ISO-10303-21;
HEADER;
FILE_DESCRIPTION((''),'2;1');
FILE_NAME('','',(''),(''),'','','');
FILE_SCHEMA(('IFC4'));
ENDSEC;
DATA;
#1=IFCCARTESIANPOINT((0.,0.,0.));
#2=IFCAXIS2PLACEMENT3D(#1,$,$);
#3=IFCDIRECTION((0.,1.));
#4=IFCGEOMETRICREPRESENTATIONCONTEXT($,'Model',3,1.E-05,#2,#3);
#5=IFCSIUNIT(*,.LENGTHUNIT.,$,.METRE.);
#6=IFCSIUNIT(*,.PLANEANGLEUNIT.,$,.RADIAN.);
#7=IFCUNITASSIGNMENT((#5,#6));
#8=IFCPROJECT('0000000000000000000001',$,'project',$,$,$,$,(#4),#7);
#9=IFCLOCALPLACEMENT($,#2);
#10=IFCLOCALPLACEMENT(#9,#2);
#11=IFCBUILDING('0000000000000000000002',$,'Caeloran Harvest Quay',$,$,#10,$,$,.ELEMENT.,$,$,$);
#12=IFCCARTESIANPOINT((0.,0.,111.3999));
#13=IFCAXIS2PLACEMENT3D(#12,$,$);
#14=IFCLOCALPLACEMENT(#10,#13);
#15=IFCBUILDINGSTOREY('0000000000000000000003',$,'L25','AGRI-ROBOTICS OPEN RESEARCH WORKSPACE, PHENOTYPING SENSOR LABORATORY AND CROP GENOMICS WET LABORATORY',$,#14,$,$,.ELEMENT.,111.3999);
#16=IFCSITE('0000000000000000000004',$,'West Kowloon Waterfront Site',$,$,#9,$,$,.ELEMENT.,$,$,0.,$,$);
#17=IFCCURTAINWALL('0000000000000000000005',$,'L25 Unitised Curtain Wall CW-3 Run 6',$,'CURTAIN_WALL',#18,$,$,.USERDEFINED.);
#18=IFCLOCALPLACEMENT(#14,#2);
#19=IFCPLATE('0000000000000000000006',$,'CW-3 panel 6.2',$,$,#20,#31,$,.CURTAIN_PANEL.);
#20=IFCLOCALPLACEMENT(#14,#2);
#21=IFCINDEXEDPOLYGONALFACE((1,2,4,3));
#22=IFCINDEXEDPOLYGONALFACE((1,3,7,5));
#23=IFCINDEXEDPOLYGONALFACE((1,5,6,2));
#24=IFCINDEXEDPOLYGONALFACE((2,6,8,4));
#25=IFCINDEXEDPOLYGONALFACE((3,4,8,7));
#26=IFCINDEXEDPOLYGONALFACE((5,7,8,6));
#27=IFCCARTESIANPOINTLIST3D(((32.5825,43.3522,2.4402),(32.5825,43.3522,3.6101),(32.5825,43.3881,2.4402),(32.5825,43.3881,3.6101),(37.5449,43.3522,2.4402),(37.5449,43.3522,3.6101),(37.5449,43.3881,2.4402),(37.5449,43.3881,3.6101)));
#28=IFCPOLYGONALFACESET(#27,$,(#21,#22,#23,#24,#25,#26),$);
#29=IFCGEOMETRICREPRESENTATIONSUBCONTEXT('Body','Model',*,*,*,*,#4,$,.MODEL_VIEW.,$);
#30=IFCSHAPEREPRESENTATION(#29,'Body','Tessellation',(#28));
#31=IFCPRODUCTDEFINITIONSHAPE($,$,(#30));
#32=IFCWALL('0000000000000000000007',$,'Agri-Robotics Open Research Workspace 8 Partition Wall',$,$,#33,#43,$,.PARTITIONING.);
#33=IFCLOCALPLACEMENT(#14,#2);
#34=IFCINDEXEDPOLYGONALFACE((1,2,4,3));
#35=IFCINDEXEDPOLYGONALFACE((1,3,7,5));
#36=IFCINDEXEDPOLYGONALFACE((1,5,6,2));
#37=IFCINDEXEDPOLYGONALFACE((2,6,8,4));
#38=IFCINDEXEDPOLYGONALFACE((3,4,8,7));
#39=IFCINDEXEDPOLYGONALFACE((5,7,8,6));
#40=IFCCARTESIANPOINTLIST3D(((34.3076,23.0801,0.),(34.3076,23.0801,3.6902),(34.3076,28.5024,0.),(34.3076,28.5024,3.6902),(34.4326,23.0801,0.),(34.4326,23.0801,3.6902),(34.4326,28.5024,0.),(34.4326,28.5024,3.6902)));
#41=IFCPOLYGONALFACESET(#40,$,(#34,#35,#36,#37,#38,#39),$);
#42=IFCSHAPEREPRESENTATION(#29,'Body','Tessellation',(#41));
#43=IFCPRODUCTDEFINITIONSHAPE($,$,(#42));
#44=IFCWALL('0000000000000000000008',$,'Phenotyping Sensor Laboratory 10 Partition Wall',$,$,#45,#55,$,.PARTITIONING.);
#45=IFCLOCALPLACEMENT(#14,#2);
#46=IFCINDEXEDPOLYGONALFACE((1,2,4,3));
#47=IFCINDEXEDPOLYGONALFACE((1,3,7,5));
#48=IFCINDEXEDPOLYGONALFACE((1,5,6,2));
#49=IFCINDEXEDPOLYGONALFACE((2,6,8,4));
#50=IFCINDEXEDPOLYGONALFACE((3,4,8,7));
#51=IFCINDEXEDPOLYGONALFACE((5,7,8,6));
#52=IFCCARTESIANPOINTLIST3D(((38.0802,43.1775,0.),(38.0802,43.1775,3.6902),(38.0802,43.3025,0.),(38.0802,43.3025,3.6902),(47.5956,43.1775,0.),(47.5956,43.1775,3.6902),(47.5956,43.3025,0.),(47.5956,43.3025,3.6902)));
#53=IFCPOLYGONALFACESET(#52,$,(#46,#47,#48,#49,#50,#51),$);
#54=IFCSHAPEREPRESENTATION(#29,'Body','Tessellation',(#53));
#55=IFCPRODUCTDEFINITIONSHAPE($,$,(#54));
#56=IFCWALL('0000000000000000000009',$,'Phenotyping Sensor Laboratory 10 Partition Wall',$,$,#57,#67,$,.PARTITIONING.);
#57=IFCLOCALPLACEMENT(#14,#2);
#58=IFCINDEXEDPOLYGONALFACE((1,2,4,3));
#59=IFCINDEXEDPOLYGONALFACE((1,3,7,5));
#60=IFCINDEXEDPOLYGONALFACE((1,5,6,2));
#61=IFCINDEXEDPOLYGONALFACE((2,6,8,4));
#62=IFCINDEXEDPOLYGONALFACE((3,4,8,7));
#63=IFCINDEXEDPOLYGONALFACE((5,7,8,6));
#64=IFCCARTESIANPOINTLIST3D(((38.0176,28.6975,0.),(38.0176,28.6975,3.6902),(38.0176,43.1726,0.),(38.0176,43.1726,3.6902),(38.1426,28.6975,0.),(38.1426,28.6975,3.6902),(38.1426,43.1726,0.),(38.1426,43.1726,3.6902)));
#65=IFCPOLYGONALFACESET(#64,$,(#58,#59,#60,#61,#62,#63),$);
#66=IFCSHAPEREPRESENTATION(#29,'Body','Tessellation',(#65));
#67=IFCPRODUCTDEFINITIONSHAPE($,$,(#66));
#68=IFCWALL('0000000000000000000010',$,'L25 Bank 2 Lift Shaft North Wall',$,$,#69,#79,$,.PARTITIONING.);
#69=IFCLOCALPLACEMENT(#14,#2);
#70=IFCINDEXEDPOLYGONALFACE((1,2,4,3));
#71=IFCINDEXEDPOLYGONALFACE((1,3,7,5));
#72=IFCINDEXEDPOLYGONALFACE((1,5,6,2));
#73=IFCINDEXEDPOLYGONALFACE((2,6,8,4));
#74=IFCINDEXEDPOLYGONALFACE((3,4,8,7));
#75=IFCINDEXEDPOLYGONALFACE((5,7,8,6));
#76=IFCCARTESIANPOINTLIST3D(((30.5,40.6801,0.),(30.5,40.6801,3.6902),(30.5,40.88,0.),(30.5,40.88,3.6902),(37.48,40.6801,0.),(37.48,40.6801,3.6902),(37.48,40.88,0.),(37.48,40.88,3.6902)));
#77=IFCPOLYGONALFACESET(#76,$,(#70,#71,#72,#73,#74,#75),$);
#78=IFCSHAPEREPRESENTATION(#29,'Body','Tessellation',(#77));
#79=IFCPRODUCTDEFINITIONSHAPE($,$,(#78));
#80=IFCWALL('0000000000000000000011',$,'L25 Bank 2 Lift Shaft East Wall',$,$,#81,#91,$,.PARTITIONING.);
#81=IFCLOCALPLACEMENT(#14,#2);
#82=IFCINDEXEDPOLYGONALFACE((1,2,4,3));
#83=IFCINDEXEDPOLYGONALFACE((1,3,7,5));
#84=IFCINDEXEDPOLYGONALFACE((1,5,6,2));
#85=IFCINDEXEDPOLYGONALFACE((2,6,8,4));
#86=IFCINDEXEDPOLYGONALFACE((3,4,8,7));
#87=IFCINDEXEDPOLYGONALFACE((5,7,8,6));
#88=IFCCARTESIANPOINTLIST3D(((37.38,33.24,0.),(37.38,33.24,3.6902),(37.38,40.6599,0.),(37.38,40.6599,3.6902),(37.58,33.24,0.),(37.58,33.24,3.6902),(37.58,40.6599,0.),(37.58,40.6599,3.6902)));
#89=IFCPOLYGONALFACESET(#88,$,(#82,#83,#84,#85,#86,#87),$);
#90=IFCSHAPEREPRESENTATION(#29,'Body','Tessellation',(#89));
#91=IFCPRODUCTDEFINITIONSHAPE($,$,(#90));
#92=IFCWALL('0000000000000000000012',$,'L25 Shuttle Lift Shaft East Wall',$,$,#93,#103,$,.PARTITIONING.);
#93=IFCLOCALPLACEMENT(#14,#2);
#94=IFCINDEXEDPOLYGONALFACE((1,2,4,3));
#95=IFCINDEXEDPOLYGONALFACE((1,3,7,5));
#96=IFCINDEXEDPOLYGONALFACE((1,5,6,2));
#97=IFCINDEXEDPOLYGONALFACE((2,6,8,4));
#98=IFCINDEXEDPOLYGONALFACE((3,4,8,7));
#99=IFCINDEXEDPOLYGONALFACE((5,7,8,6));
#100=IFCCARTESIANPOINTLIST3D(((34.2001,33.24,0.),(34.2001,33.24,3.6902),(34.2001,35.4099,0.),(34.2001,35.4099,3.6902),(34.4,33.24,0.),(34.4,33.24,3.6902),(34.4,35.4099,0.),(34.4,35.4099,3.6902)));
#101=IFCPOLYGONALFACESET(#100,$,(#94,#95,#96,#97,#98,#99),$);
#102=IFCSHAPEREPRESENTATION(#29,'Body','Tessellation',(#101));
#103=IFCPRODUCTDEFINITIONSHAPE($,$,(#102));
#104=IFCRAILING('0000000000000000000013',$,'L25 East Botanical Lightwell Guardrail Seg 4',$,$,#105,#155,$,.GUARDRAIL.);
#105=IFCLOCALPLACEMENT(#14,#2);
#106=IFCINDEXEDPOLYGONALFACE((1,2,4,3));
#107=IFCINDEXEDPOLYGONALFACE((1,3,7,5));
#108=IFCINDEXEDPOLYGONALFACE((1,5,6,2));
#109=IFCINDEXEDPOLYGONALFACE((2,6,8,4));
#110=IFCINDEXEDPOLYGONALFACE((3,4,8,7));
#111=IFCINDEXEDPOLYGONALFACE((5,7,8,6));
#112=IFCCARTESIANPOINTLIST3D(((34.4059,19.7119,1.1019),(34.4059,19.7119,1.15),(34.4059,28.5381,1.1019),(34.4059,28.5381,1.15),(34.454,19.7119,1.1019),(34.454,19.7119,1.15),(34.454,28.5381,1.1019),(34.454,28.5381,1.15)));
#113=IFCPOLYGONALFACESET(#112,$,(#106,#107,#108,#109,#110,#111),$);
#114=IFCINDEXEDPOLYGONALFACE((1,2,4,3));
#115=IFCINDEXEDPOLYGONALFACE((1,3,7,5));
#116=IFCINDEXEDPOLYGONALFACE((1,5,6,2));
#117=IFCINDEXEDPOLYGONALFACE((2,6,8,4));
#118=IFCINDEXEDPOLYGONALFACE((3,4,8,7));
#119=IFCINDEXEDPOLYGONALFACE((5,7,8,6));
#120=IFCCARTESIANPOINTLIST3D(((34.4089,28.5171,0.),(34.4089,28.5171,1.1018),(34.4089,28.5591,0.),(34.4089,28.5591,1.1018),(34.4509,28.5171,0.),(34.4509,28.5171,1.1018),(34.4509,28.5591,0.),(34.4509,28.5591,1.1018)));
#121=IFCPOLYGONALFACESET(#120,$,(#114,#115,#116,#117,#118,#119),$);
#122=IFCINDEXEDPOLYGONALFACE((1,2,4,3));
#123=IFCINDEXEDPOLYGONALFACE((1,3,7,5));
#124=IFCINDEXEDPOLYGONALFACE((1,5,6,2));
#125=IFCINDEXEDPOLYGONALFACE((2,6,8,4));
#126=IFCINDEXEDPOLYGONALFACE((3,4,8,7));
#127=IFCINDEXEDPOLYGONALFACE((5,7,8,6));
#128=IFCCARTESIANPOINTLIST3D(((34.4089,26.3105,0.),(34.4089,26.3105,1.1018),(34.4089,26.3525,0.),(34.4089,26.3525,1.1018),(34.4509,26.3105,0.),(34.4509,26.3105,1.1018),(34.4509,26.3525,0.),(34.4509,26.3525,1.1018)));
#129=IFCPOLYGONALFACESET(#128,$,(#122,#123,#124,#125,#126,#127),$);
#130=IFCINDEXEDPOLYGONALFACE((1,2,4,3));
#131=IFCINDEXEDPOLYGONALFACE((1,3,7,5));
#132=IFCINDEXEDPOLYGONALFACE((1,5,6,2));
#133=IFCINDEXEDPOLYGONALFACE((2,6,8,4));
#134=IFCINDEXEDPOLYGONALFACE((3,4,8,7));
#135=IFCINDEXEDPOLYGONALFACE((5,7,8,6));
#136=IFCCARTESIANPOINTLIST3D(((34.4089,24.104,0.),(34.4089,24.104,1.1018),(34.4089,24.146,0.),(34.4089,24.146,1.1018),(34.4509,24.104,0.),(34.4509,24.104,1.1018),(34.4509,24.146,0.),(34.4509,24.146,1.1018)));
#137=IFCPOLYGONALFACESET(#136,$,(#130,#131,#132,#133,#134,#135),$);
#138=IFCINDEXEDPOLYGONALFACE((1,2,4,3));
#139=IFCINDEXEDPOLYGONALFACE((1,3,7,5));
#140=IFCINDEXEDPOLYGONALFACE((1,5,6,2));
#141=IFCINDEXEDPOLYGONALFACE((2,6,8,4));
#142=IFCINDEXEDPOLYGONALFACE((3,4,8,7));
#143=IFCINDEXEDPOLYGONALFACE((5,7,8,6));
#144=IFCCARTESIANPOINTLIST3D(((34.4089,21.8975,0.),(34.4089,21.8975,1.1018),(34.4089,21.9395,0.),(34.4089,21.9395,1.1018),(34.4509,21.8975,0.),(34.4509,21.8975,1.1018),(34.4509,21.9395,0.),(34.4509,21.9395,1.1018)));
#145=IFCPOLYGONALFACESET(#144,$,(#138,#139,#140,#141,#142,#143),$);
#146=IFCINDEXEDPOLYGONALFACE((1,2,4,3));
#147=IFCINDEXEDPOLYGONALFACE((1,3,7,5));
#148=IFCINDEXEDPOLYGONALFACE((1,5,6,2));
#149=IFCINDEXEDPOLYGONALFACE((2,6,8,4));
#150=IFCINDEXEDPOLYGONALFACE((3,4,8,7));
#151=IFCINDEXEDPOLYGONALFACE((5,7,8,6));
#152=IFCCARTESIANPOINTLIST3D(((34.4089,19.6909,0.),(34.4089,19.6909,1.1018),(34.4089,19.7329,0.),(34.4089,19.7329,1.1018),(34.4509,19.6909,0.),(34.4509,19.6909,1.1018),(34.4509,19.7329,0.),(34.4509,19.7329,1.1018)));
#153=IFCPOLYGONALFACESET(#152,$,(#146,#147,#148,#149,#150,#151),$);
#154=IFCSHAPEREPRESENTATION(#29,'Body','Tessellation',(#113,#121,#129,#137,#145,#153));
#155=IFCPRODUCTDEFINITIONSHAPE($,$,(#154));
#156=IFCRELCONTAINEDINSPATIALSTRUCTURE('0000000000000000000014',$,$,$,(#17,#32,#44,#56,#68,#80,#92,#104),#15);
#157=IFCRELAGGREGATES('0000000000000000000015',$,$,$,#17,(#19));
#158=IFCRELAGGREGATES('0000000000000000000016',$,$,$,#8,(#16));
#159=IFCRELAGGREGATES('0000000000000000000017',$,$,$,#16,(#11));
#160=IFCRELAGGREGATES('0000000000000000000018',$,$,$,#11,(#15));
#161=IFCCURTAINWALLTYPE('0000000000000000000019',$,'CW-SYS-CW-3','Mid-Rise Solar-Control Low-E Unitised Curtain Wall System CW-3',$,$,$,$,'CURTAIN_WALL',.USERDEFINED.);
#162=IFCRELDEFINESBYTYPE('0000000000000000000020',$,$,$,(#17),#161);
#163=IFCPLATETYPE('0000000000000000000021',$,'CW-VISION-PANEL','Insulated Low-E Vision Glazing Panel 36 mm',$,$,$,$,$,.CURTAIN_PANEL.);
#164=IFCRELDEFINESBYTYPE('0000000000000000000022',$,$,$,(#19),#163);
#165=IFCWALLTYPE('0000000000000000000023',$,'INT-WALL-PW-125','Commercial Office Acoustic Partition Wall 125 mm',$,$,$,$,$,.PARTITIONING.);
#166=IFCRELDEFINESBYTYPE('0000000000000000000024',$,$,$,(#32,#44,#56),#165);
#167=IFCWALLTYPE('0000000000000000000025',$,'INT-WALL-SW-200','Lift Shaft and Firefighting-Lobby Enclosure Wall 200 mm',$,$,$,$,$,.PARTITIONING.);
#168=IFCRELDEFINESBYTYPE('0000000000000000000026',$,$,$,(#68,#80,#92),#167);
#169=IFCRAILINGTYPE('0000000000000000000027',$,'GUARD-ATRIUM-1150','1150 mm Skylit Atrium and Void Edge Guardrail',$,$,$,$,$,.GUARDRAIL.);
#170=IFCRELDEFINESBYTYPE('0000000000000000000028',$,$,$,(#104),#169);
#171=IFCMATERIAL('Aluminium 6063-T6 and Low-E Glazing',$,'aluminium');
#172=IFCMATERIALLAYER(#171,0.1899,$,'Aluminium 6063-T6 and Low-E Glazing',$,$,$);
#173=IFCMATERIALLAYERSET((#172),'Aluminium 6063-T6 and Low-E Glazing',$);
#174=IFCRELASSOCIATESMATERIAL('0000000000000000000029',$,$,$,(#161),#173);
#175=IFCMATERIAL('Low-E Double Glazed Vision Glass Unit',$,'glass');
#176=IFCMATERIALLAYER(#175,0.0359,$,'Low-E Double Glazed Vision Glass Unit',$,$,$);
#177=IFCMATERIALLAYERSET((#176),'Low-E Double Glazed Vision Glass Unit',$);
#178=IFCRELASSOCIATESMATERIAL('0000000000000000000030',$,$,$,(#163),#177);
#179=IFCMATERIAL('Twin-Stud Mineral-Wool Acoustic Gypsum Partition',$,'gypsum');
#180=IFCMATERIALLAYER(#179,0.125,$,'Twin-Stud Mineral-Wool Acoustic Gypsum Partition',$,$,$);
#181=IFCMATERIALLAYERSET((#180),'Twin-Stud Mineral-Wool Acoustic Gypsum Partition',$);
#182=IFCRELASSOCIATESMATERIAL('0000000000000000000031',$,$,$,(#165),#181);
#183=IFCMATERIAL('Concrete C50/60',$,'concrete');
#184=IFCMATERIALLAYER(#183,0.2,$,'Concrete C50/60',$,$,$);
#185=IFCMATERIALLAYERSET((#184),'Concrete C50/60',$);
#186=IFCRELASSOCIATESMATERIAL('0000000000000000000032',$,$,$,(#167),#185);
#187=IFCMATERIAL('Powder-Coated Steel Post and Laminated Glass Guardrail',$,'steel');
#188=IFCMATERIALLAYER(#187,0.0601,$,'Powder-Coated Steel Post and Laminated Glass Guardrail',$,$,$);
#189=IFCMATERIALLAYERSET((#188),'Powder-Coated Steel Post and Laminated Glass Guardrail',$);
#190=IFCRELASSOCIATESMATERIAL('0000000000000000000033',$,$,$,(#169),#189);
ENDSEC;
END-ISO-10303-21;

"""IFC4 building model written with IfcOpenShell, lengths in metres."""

from ifc_helpers import new_model, si_unit, direction, frame, frame_2d, origin, origin_2d, place, context, subcontext, project, spatial, rectangle, extrude, material, layer, layer_set, type_object, element, aggregate, save


model = new_model("IFC4")

# Units and contexts
model_context = context("Model", 3, precision=1e-05, world=origin(), true_north=direction((0.0, 1.0)))
body_context = subcontext(model_context, "Body", "Model", "MODEL_VIEW")
ifc_project = project(units=[si_unit("LENGTHUNIT", "METRE"), si_unit("PLANEANGLEUNIT", "RADIAN")], contexts=[model_context])

# Site, building, storey
site_placement = place(None, origin())
site = spatial("IfcSite", under=ifc_project, at=site_placement, Name="West Kowloon Waterfront Site", CompositionType="ELEMENT", RefElevation=0.0)
building_placement = place(site_placement, origin())
building = spatial("IfcBuilding", under=site, at=building_placement, Name="Caeloran Harvest Quay", CompositionType="ELEMENT")
storey_placement = place(building_placement, frame((0.0, 0.0, 111.3999)))
storey = spatial("IfcBuildingStorey", under=building, at=storey_placement, Name="L25", Description="AGRI-ROBOTICS OPEN RESEARCH WORKSPACE, PHENOTYPING SENSOR LABORATORY AND CROP GENOMICS WET LABORATORY", CompositionType="ELEMENT", Elevation=111.3999)

# Curtain wall, plate
ifc_material_1 = material(Name="Aluminium 6063-T6 and Low-E Glazing", Category="aluminium")
ifc_layer_1 = layer(ifc_material_1, 0.1899, Name="Aluminium 6063-T6 and Low-E Glazing")
ifc_layer_set_1 = layer_set([ifc_layer_1], Name="Aluminium 6063-T6 and Low-E Glazing")
curtain_wall_type = type_object("IfcCurtainWallType", Name="CW-SYS-CW-3", Description="Mid-Rise Solar-Control Low-E Unitised Curtain Wall System CW-3", ElementType="CURTAIN_WALL", PredefinedType="USERDEFINED", material=ifc_layer_set_1)
curtain_wall_placement = place(storey_placement, origin())
curtain_wall = element("IfcCurtainWall", 1, at=curtain_wall_placement, inside=storey, type_object=curtain_wall_type, Name="L25 Unitised Curtain Wall CW-3 Run 6", ObjectType="CURTAIN_WALL", PredefinedType="USERDEFINED")
ifc_material_2 = material(Name="Low-E Double Glazed Vision Glass Unit", Category="glass")
ifc_layer_2 = layer(ifc_material_2, 0.0359, Name="Low-E Double Glazed Vision Glass Unit")
ifc_layer_set_2 = layer_set([ifc_layer_2], Name="Low-E Double Glazed Vision Glass Unit")
plate_type = type_object("IfcPlateType", Name="CW-VISION-PANEL", Description="Insulated Low-E Vision Glazing Panel 36 mm", PredefinedType="CURTAIN_PANEL", material=ifc_layer_set_2)
plate_1_placement = place(storey_placement, frame((35.0637, 43.3701, 2.4402), z_axis=(0.0, 0.0, 1.0), x_axis=(1.0, 0.0, 0.0)))
plate_1 = element("IfcPlate", 2, at=plate_1_placement, type_object=plate_type, Name="CW-3 panel 6.2", PredefinedType="CURTAIN_PANEL", context=body_context, shape_type="SweptSolid", body=[
    extrude(rectangle(XDim=4.9624, YDim=0.0359, at=origin_2d()), origin(), (0.0, 0.0, 1.0), 1.1699),
])
aggregate(curtain_wall, [plate_1])

# Walls
ifc_material_3 = material(Name="Twin-Stud Mineral-Wool Acoustic Gypsum Partition", Category="gypsum")
ifc_layer_3 = layer(ifc_material_3, 0.125, Name="Twin-Stud Mineral-Wool Acoustic Gypsum Partition")
ifc_layer_set_3 = layer_set([ifc_layer_3], Name="Twin-Stud Mineral-Wool Acoustic Gypsum Partition")
wall_type_1 = type_object("IfcWallType", Name="INT-WALL-PW-125", Description="Commercial Office Acoustic Partition Wall 125 mm", PredefinedType="PARTITIONING", material=ifc_layer_set_3)
wall_1_placement = place(storey_placement, frame((34.3701, 28.5024, 0.0), z_axis=(0.0, 0.0, 1.0), x_axis=(0.0, -1.0, 0.0)))
element("IfcWall", 3, at=wall_1_placement, inside=storey, type_object=wall_type_1, Name="Agri-Robotics Open Research Workspace 8 Partition Wall", PredefinedType="PARTITIONING", context=body_context, shape_type="SweptSolid", body=[
    extrude(rectangle(XDim=5.4224, YDim=0.125, at=frame_2d((2.7112, 0.0))), origin(), (0.0, 0.0, 1.0), 3.6902),
])
wall_2_placement = place(storey_placement, frame((38.0801, 43.24, 0.0), z_axis=(0.0, 0.0, 1.0), x_axis=(1.0, 0.0, 0.0)))
element("IfcWall", 4, at=wall_2_placement, inside=storey, type_object=wall_type_1, Name="Phenotyping Sensor Laboratory 10 Partition Wall", PredefinedType="PARTITIONING", context=body_context, shape_type="SweptSolid", body=[
    extrude(rectangle(XDim=9.5154, YDim=0.125, at=frame_2d((4.7578, 0.0))), origin(), (0.0, 0.0, 1.0), 3.6902),
])
wall_3_placement = place(storey_placement, frame((38.0801, 28.6975, 0.0), z_axis=(0.0, 0.0, 1.0), x_axis=(0.0, 1.0, 0.0)))
element("IfcWall", 5, at=wall_3_placement, inside=storey, type_object=wall_type_1, Name="Phenotyping Sensor Laboratory 10 Partition Wall", PredefinedType="PARTITIONING", context=body_context, shape_type="SweptSolid", body=[
    extrude(rectangle(XDim=14.4751, YDim=0.125, at=frame_2d((7.2375, 0.0))), origin(), (0.0, 0.0, 1.0), 3.6902),
])
ifc_material_4 = material(Name="Concrete C50/60", Category="concrete")
ifc_layer_4 = layer(ifc_material_4, 0.2, Name="Concrete C50/60")
ifc_layer_set_4 = layer_set([ifc_layer_4], Name="Concrete C50/60")
wall_type_2 = type_object("IfcWallType", Name="INT-WALL-SW-200", Description="Lift Shaft and Firefighting-Lobby Enclosure Wall 200 mm", PredefinedType="PARTITIONING", material=ifc_layer_set_4)
wall_4_placement = place(storey_placement, frame((30.5, 40.78, 0.0), z_axis=(0.0, 0.0, 1.0), x_axis=(1.0, 0.0, 0.0)))
element("IfcWall", 6, at=wall_4_placement, inside=storey, type_object=wall_type_2, Name="L25 Bank 2 Lift Shaft North Wall", PredefinedType="PARTITIONING", context=body_context, shape_type="SweptSolid", body=[
    extrude(rectangle(XDim=6.98, YDim=0.2, at=frame_2d((3.49, 0.0))), origin(), (0.0, 0.0, 1.0), 3.6902),
])
wall_5_placement = place(storey_placement, frame((37.48, 33.24, 0.0), z_axis=(0.0, 0.0, 1.0), x_axis=(0.0, 1.0, 0.0)))
element("IfcWall", 7, at=wall_5_placement, inside=storey, type_object=wall_type_2, Name="L25 Bank 2 Lift Shaft East Wall", PredefinedType="PARTITIONING", context=body_context, shape_type="SweptSolid", body=[
    extrude(rectangle(XDim=7.4199, YDim=0.2, at=frame_2d((3.71, 0.0))), origin(), (0.0, 0.0, 1.0), 3.6902),
])
wall_6_placement = place(storey_placement, frame((34.3, 33.24, 0.0), z_axis=(0.0, 0.0, 1.0), x_axis=(0.0, 1.0, 0.0)))
element("IfcWall", 8, at=wall_6_placement, inside=storey, type_object=wall_type_2, Name="L25 Shuttle Lift Shaft East Wall", PredefinedType="PARTITIONING", context=body_context, shape_type="SweptSolid", body=[
    extrude(rectangle(XDim=2.1699, YDim=0.2, at=frame_2d((1.085, 0.0))), origin(), (0.0, 0.0, 1.0), 3.6902),
])

# Railing
ifc_material_5 = material(Name="Powder-Coated Steel Post and Laminated Glass Guardrail", Category="steel")
ifc_layer_5 = layer(ifc_material_5, 0.0601, Name="Powder-Coated Steel Post and Laminated Glass Guardrail")
ifc_layer_set_5 = layer_set([ifc_layer_5], Name="Powder-Coated Steel Post and Laminated Glass Guardrail")
railing_type = type_object("IfcRailingType", Name="GUARD-ATRIUM-1150", Description="1150 mm Skylit Atrium and Void Edge Guardrail", PredefinedType="GUARDRAIL", material=ifc_layer_set_5)
railing_placement = place(storey_placement, frame((34.4299, 28.5381, 0.0)))
element("IfcRailing", 9, at=railing_placement, inside=storey, type_object=railing_type, Name="L25 East Botanical Lightwell Guardrail Seg 4", PredefinedType="GUARDRAIL", context=body_context, shape_type="SweptSolid", body=[
    extrude(rectangle(XDim=0.0481, YDim=0.0481, at=origin_2d()), frame((0.0, 0.0, 1.126), z_axis=(0.0, -1.0, 0.0), x_axis=(1.0, 0.0, 0.0)), (0.0, 0.0, 1.0), 8.8262),
    extrude(rectangle(XDim=0.042, YDim=0.042, at=origin_2d()), origin(), (0.0, 0.0, 1.0), 1.1018),
    extrude(rectangle(XDim=0.042, YDim=0.042, at=origin_2d()), frame((0.0, -2.2065, 0.0)), (0.0, 0.0, 1.0), 1.1018),
    extrude(rectangle(XDim=0.042, YDim=0.042, at=origin_2d()), frame((0.0, -4.4131, 0.0)), (0.0, 0.0, 1.0), 1.1018),
    extrude(rectangle(XDim=0.042, YDim=0.042, at=origin_2d()), frame((0.0, -6.6196, 0.0)), (0.0, 0.0, 1.0), 1.1018),
    extrude(rectangle(XDim=0.042, YDim=0.042, at=origin_2d()), frame((0.0, -8.8262, 0.0)), (0.0, 0.0, 1.0), 1.1018),
])

save(model, "model.ifc")
